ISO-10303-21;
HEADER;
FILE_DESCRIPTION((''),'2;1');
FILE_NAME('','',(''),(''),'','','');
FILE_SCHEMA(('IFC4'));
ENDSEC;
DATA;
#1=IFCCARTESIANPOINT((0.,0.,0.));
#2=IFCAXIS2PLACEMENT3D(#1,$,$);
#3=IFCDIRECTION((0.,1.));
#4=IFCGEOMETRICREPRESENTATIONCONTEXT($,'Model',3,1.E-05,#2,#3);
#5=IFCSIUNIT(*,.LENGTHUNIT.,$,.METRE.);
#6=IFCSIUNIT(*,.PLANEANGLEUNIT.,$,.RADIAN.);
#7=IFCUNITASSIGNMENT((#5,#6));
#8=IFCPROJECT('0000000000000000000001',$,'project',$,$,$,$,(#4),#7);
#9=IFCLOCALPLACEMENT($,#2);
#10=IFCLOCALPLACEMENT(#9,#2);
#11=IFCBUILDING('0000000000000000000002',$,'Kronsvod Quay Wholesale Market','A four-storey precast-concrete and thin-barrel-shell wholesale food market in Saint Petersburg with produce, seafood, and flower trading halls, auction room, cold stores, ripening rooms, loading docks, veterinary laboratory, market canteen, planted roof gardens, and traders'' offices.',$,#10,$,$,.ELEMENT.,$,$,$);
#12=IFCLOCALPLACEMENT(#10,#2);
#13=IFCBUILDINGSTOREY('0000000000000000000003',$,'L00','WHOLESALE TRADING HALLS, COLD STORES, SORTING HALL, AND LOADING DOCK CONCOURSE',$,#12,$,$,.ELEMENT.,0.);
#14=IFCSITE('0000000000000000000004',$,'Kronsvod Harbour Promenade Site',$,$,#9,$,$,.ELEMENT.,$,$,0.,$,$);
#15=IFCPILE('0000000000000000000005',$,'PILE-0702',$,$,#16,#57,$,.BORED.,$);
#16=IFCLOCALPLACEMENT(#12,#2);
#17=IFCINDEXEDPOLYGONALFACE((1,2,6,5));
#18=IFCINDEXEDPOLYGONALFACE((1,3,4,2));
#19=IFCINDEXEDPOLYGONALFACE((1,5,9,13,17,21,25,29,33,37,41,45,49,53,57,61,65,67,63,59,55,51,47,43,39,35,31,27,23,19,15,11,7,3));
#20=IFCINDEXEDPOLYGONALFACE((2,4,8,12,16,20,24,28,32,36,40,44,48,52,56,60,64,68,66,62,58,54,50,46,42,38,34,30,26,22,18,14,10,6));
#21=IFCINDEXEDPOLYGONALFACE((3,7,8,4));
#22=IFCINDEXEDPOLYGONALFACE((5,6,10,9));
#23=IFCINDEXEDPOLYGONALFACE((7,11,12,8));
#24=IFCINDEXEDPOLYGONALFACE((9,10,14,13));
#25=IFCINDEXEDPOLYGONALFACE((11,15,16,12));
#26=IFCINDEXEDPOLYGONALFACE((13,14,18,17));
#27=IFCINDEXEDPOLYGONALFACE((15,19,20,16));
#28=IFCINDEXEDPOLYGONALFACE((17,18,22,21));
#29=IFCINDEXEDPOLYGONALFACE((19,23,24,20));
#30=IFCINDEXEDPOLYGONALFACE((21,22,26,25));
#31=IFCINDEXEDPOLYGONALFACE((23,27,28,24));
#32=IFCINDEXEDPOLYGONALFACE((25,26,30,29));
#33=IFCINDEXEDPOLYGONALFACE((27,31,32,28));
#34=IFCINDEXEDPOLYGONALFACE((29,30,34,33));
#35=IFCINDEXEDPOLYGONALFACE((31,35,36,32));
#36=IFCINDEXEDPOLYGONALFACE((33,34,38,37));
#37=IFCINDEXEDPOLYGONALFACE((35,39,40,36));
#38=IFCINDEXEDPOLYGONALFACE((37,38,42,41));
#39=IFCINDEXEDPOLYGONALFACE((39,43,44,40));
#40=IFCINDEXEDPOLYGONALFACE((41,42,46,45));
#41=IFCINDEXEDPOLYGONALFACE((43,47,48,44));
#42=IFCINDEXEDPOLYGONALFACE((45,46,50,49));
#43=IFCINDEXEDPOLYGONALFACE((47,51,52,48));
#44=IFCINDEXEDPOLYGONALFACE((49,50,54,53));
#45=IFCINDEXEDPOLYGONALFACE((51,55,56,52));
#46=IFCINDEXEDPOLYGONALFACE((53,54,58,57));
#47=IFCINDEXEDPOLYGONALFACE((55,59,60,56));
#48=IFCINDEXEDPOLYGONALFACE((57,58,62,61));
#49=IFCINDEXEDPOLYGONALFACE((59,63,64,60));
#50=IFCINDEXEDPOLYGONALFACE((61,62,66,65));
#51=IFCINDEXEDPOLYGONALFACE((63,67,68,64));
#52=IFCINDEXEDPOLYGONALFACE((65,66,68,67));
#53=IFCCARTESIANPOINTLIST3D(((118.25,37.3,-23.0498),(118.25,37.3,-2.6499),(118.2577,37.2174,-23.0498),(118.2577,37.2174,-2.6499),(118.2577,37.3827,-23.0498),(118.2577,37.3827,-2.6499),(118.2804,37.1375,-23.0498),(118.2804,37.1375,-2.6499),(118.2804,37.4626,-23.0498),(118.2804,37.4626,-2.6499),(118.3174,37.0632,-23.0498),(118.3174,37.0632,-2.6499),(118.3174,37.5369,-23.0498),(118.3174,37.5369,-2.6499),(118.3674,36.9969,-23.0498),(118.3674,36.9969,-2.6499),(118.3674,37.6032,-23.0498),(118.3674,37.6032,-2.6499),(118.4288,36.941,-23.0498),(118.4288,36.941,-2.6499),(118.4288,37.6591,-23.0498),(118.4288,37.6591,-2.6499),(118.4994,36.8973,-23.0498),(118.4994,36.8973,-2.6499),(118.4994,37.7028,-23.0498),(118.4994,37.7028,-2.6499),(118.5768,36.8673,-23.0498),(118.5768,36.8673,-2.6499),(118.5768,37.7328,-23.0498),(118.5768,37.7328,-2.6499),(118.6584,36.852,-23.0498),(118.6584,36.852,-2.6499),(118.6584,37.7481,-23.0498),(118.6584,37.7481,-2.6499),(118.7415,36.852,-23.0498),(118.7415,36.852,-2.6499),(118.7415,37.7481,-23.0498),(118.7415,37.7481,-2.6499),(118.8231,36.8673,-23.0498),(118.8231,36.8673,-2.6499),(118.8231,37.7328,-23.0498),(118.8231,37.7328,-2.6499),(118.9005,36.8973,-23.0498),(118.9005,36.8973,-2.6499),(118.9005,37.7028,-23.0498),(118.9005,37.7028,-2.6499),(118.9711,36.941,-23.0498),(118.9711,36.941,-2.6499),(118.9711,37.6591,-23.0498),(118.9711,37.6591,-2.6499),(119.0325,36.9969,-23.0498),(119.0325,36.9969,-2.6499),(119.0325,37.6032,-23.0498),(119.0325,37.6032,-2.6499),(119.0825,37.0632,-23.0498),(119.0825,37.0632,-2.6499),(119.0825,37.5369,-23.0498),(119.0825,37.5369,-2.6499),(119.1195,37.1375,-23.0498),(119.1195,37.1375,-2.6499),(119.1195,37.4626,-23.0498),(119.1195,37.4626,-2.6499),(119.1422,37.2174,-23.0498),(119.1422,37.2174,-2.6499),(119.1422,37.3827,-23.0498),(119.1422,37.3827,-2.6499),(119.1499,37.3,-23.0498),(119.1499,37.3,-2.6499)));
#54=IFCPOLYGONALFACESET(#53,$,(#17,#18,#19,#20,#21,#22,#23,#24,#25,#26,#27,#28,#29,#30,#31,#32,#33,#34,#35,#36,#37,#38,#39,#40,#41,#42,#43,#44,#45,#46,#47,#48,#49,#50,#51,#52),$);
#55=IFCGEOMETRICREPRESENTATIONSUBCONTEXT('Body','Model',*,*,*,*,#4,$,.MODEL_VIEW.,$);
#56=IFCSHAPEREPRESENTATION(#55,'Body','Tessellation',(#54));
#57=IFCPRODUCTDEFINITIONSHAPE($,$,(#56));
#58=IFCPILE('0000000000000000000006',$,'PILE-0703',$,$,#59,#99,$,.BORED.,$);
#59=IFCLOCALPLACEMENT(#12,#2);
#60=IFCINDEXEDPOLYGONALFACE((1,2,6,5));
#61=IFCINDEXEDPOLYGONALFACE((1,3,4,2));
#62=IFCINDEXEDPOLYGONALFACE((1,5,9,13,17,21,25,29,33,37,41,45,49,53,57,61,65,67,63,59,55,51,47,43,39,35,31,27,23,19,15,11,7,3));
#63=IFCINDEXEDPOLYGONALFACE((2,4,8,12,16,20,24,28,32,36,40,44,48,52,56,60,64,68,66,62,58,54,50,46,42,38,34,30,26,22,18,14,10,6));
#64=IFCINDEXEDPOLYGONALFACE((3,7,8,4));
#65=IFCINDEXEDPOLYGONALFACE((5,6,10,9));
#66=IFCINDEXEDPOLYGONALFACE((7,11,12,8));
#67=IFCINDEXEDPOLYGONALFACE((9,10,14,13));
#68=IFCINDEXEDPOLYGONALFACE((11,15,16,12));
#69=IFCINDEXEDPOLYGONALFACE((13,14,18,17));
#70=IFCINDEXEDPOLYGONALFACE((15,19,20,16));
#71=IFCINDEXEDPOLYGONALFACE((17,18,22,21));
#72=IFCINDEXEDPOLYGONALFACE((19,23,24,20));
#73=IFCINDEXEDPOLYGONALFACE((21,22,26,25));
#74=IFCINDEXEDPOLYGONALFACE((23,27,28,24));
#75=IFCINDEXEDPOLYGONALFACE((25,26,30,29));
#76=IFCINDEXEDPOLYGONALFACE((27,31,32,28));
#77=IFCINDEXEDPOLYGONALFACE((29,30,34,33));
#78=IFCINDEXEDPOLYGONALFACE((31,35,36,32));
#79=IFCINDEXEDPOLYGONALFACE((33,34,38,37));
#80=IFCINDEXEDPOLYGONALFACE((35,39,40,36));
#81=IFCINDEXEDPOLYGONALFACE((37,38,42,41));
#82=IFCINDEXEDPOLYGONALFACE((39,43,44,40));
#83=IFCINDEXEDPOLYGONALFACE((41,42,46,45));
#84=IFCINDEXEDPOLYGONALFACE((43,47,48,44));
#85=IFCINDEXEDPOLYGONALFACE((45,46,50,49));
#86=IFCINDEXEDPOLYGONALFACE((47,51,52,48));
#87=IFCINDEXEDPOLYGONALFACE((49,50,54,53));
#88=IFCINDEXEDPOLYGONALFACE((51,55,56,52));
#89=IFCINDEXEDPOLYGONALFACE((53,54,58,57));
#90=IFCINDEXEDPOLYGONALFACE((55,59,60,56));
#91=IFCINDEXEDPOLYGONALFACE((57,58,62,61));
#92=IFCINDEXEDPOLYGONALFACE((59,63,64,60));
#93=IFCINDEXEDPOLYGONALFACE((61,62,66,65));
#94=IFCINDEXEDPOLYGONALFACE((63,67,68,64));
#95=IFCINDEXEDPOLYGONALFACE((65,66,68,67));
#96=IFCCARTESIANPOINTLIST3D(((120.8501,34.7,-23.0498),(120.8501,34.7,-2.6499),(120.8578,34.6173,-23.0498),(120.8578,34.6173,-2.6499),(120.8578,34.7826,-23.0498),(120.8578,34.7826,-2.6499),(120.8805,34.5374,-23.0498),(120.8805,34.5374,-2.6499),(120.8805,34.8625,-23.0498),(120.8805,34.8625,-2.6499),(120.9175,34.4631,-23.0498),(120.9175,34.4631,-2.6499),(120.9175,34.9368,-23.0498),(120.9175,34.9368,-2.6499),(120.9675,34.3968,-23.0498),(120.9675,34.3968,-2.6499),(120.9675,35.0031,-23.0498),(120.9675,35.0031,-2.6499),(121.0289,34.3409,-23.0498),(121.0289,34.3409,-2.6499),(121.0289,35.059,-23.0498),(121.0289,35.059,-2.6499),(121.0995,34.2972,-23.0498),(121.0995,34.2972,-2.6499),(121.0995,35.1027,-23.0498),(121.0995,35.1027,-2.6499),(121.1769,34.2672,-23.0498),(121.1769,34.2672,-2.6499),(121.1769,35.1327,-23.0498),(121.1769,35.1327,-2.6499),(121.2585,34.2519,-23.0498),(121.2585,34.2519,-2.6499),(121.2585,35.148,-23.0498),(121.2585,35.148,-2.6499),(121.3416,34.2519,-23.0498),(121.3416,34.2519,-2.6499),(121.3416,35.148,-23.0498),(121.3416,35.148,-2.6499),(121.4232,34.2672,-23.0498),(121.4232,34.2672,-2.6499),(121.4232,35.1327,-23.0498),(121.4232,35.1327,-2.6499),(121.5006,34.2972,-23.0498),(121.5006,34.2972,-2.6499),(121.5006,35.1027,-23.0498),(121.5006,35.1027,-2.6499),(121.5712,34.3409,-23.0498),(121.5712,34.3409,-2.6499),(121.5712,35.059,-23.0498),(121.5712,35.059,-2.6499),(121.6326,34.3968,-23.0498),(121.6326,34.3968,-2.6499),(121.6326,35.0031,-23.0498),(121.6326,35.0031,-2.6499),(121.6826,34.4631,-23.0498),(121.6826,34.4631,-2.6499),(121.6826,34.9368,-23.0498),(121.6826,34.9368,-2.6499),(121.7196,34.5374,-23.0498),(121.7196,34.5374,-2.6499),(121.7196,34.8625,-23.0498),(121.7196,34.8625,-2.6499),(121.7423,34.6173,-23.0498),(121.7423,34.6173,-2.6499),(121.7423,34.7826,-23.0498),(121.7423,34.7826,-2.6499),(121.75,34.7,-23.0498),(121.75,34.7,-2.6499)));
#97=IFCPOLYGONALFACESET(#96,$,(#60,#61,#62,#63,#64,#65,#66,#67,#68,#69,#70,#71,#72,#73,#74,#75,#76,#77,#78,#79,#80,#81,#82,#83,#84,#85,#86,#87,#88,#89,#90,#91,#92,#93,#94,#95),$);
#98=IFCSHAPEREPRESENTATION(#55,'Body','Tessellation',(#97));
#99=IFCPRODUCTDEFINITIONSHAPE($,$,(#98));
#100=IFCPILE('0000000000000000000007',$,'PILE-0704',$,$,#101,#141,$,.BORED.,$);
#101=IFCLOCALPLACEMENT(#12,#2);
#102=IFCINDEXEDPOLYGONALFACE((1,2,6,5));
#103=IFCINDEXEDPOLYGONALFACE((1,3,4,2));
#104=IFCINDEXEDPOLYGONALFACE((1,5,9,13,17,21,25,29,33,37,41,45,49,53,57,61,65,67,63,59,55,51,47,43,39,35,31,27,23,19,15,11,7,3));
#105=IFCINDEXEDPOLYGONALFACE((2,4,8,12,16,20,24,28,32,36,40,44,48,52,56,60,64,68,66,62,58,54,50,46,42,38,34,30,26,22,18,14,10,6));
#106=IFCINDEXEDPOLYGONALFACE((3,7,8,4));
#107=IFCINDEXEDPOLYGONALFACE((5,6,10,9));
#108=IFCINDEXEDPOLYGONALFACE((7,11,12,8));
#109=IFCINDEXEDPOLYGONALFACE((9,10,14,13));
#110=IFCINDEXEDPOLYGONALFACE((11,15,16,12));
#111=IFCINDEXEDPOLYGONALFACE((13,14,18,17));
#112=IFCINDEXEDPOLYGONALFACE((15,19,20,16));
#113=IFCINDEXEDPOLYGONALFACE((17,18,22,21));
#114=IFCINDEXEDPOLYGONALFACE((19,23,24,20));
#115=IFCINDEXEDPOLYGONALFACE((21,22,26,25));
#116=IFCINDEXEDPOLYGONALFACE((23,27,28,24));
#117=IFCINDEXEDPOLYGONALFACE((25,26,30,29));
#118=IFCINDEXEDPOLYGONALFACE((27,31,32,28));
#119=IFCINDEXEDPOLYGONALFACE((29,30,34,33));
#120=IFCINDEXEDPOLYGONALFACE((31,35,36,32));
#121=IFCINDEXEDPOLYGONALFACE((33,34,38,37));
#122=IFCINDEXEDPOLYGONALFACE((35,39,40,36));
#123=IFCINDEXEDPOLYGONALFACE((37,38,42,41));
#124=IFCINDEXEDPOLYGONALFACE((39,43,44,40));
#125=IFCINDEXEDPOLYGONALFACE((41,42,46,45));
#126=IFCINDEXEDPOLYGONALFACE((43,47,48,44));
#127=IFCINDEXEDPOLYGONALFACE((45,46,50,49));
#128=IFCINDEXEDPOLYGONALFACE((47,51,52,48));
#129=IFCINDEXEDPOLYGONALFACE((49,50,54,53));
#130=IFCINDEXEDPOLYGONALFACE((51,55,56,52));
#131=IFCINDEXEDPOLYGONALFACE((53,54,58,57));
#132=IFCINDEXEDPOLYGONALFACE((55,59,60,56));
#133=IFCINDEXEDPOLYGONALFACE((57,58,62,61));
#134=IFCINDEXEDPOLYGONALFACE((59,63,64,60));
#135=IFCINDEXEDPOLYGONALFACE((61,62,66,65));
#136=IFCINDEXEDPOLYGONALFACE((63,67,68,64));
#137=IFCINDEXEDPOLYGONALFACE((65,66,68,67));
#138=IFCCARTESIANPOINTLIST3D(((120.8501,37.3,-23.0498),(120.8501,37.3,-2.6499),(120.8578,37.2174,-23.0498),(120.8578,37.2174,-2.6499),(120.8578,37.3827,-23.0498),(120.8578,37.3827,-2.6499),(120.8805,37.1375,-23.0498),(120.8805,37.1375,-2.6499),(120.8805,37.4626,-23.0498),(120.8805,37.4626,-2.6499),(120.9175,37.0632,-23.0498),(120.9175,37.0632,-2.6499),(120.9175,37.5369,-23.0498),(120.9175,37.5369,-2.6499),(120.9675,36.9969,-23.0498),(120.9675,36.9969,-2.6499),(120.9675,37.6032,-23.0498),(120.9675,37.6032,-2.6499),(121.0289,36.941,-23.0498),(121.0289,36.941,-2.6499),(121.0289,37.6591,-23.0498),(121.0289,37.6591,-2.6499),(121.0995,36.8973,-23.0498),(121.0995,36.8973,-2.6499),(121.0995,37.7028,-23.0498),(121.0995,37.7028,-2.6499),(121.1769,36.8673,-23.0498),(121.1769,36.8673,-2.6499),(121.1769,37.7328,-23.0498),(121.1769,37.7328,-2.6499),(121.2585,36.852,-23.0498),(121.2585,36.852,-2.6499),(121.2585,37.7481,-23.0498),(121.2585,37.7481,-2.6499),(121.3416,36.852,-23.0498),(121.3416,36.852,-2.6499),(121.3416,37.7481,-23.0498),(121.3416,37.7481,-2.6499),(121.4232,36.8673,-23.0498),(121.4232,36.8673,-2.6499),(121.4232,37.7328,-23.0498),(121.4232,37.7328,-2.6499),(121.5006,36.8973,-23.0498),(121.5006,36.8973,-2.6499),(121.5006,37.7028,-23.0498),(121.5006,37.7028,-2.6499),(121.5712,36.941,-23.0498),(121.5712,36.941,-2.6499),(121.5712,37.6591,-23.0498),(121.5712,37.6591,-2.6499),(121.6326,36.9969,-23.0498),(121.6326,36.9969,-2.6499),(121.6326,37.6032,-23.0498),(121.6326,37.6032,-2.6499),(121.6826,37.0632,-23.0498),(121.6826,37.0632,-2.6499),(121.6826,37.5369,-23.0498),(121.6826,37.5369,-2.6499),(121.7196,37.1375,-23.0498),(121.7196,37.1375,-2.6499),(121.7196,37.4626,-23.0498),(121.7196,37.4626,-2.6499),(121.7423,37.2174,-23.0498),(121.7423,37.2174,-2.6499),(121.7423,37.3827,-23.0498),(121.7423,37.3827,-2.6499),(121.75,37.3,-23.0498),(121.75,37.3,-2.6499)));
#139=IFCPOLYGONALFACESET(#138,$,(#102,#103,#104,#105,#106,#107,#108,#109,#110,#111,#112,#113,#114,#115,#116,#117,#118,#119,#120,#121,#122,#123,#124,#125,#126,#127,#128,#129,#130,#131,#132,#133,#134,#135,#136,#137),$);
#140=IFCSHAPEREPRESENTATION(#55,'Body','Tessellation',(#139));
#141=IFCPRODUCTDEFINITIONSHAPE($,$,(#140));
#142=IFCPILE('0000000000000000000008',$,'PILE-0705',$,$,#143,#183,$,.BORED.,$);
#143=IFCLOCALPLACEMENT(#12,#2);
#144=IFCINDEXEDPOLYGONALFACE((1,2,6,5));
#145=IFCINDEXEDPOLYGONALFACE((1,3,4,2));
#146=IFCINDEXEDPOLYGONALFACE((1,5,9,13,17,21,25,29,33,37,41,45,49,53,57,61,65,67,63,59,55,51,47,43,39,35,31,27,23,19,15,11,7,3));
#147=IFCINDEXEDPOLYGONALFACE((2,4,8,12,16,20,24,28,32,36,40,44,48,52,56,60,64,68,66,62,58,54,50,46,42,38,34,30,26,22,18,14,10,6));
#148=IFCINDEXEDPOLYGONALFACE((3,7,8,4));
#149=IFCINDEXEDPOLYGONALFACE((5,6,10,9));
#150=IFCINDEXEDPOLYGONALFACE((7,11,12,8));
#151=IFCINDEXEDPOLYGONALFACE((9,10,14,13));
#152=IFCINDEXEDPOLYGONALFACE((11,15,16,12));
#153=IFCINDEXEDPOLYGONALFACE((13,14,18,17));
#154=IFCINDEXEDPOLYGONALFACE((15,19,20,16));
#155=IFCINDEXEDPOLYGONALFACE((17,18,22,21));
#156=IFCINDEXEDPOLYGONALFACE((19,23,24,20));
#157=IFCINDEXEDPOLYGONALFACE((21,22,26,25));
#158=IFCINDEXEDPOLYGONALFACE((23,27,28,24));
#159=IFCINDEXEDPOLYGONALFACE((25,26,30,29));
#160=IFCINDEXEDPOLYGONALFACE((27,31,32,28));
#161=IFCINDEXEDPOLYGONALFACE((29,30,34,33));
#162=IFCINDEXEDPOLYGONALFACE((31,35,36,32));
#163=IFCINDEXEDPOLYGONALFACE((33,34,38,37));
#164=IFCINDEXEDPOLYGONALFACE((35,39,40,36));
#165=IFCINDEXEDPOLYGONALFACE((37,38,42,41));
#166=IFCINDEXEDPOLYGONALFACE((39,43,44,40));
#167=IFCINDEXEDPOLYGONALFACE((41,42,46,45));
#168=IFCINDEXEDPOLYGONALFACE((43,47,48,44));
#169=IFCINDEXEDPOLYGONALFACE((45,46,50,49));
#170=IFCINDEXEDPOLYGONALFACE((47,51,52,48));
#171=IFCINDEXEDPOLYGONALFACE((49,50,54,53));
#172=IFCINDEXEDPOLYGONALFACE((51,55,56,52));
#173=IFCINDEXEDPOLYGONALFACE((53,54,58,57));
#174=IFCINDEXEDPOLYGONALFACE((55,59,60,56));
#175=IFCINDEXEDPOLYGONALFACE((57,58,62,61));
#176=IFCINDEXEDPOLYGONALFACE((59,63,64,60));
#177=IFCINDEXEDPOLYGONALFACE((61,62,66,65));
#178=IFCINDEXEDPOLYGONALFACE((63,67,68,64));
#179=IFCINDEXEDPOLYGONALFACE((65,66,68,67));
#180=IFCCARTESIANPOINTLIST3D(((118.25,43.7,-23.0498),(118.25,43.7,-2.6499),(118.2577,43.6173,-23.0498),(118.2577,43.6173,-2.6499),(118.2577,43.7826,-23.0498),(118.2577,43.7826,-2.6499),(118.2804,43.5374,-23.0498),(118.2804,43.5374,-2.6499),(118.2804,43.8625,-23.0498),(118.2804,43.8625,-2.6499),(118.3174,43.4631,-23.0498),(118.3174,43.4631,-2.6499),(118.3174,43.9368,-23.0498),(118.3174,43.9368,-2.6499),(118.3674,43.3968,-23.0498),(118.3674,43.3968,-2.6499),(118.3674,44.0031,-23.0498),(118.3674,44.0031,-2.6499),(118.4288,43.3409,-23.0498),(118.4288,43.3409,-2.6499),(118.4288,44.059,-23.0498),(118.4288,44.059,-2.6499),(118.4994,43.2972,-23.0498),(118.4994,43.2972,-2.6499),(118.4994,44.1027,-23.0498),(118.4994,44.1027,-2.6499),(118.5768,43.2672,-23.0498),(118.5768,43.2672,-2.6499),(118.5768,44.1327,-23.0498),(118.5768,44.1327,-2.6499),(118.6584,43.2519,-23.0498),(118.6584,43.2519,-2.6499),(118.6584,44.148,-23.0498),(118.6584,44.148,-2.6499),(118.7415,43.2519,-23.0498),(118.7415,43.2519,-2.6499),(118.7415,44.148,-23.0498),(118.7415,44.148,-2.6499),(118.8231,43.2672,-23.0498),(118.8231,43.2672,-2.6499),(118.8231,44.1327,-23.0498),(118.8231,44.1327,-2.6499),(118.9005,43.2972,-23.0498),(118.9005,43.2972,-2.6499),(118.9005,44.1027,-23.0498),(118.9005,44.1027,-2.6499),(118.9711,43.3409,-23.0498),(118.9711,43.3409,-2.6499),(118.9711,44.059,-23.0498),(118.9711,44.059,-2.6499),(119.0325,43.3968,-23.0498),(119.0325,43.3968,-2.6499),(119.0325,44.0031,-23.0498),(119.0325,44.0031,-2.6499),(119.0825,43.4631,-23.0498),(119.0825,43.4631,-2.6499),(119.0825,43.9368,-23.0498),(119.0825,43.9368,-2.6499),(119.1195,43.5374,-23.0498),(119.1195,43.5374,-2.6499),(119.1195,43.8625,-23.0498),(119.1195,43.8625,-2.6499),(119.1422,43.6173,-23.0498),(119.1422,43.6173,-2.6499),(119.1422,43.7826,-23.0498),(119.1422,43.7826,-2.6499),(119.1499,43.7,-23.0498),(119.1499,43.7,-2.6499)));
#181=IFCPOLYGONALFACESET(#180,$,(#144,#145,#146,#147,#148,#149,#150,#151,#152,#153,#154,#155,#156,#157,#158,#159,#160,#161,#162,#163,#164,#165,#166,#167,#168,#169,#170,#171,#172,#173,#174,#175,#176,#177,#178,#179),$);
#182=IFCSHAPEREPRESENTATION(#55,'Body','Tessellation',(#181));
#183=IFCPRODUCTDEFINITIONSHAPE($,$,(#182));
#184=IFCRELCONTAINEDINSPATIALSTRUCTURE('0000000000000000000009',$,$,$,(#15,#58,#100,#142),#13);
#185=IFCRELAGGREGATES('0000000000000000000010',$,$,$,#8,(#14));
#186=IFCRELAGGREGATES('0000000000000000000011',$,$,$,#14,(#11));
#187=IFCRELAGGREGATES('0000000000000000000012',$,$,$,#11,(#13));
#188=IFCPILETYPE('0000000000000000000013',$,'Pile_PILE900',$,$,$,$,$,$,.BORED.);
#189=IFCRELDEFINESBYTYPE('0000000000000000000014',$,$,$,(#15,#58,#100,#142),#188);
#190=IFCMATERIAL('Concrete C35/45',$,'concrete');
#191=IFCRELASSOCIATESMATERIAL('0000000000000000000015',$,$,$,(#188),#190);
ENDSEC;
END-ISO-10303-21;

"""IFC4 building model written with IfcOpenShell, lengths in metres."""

from ifc_helpers import new_model, si_unit, direction, frame, origin, origin_2d, place, context, subcontext, project, spatial, circle, extrude, material, material_profile, profile_set, type_object, element, save


model = new_model("IFC4")

# Units and contexts
model_context = context("Model", 3, precision=1e-05, world=origin(), true_north=direction((0.0, 1.0)))
body_context = subcontext(model_context, "Body", "Model", "MODEL_VIEW")
ifc_project = project(units=[si_unit("LENGTHUNIT", "METRE"), si_unit("PLANEANGLEUNIT", "RADIAN")], contexts=[model_context])

# Site, building, storey
site_placement = place(None, origin())
site = spatial("IfcSite", under=ifc_project, at=site_placement, Name="Kronsvod Harbour Promenade Site", CompositionType="ELEMENT", RefElevation=0.0)
building_placement = place(site_placement, origin())
building = spatial("IfcBuilding", under=site, at=building_placement, Name="Kronsvod Quay Wholesale Market", Description="A four-storey precast-concrete and thin-barrel-shell wholesale food market in Saint Petersburg with produce, seafood, and flower trading halls, auction room, cold stores, ripening rooms, loading docks, veterinary laboratory, market canteen, planted roof gardens, and traders' offices.", CompositionType="ELEMENT")
storey_placement = place(building_placement, origin())
storey = spatial("IfcBuildingStorey", under=building, at=storey_placement, Name="L00", Description="WHOLESALE TRADING HALLS, COLD STORES, SORTING HALL, AND LOADING DOCK CONCOURSE", CompositionType="ELEMENT", Elevation=0.0)

# Piles
ifc_material_1 = material(Name="Concrete C35/45", Category="concrete")
ifc_material_profile_1 = material_profile(ifc_material_1, circle(Radius=0.45, at=origin_2d()), Name="PILE900")
ifc_profile_set_1 = profile_set([ifc_material_profile_1], Name="Concrete C35/45")
pile_type_1 = type_object("IfcPileType", Name="Pile_PILE900", PredefinedType="BORED", material=ifc_profile_set_1)
for number, where, z_axis, x_axis, name in (
    (1, (118.7, 37.3, -2.6499), (0.0, 0.0, -1.0), (1.0, 0.0, 0.0), "PILE-0702"),
    (2, (121.3, 34.7, -2.6499), (0.0, 0.0, -1.0), (1.0, 0.0, 0.0), "PILE-0703"),
    (3, (121.3, 37.3, -2.6499), (0.0, 0.0, -1.0), (1.0, 0.0, 0.0), "PILE-0704"),
    (4, (118.7, 43.7, -2.6499), (0.0, 0.0, -1.0), (1.0, 0.0, 0.0), "PILE-0705"),
):
    element("IfcPile", number, at=place(storey_placement, frame(where, z_axis=z_axis, x_axis=x_axis)), inside=storey, type_object=pile_type_1, Name=name, PredefinedType="BORED", context=body_context, shape_type="SweptSolid", body=[
        extrude(circle(Radius=0.45, at=origin_2d()), origin(), (0.0, 0.0, 1.0), 20.3999),
    ])

save(model, "model.ifc")
